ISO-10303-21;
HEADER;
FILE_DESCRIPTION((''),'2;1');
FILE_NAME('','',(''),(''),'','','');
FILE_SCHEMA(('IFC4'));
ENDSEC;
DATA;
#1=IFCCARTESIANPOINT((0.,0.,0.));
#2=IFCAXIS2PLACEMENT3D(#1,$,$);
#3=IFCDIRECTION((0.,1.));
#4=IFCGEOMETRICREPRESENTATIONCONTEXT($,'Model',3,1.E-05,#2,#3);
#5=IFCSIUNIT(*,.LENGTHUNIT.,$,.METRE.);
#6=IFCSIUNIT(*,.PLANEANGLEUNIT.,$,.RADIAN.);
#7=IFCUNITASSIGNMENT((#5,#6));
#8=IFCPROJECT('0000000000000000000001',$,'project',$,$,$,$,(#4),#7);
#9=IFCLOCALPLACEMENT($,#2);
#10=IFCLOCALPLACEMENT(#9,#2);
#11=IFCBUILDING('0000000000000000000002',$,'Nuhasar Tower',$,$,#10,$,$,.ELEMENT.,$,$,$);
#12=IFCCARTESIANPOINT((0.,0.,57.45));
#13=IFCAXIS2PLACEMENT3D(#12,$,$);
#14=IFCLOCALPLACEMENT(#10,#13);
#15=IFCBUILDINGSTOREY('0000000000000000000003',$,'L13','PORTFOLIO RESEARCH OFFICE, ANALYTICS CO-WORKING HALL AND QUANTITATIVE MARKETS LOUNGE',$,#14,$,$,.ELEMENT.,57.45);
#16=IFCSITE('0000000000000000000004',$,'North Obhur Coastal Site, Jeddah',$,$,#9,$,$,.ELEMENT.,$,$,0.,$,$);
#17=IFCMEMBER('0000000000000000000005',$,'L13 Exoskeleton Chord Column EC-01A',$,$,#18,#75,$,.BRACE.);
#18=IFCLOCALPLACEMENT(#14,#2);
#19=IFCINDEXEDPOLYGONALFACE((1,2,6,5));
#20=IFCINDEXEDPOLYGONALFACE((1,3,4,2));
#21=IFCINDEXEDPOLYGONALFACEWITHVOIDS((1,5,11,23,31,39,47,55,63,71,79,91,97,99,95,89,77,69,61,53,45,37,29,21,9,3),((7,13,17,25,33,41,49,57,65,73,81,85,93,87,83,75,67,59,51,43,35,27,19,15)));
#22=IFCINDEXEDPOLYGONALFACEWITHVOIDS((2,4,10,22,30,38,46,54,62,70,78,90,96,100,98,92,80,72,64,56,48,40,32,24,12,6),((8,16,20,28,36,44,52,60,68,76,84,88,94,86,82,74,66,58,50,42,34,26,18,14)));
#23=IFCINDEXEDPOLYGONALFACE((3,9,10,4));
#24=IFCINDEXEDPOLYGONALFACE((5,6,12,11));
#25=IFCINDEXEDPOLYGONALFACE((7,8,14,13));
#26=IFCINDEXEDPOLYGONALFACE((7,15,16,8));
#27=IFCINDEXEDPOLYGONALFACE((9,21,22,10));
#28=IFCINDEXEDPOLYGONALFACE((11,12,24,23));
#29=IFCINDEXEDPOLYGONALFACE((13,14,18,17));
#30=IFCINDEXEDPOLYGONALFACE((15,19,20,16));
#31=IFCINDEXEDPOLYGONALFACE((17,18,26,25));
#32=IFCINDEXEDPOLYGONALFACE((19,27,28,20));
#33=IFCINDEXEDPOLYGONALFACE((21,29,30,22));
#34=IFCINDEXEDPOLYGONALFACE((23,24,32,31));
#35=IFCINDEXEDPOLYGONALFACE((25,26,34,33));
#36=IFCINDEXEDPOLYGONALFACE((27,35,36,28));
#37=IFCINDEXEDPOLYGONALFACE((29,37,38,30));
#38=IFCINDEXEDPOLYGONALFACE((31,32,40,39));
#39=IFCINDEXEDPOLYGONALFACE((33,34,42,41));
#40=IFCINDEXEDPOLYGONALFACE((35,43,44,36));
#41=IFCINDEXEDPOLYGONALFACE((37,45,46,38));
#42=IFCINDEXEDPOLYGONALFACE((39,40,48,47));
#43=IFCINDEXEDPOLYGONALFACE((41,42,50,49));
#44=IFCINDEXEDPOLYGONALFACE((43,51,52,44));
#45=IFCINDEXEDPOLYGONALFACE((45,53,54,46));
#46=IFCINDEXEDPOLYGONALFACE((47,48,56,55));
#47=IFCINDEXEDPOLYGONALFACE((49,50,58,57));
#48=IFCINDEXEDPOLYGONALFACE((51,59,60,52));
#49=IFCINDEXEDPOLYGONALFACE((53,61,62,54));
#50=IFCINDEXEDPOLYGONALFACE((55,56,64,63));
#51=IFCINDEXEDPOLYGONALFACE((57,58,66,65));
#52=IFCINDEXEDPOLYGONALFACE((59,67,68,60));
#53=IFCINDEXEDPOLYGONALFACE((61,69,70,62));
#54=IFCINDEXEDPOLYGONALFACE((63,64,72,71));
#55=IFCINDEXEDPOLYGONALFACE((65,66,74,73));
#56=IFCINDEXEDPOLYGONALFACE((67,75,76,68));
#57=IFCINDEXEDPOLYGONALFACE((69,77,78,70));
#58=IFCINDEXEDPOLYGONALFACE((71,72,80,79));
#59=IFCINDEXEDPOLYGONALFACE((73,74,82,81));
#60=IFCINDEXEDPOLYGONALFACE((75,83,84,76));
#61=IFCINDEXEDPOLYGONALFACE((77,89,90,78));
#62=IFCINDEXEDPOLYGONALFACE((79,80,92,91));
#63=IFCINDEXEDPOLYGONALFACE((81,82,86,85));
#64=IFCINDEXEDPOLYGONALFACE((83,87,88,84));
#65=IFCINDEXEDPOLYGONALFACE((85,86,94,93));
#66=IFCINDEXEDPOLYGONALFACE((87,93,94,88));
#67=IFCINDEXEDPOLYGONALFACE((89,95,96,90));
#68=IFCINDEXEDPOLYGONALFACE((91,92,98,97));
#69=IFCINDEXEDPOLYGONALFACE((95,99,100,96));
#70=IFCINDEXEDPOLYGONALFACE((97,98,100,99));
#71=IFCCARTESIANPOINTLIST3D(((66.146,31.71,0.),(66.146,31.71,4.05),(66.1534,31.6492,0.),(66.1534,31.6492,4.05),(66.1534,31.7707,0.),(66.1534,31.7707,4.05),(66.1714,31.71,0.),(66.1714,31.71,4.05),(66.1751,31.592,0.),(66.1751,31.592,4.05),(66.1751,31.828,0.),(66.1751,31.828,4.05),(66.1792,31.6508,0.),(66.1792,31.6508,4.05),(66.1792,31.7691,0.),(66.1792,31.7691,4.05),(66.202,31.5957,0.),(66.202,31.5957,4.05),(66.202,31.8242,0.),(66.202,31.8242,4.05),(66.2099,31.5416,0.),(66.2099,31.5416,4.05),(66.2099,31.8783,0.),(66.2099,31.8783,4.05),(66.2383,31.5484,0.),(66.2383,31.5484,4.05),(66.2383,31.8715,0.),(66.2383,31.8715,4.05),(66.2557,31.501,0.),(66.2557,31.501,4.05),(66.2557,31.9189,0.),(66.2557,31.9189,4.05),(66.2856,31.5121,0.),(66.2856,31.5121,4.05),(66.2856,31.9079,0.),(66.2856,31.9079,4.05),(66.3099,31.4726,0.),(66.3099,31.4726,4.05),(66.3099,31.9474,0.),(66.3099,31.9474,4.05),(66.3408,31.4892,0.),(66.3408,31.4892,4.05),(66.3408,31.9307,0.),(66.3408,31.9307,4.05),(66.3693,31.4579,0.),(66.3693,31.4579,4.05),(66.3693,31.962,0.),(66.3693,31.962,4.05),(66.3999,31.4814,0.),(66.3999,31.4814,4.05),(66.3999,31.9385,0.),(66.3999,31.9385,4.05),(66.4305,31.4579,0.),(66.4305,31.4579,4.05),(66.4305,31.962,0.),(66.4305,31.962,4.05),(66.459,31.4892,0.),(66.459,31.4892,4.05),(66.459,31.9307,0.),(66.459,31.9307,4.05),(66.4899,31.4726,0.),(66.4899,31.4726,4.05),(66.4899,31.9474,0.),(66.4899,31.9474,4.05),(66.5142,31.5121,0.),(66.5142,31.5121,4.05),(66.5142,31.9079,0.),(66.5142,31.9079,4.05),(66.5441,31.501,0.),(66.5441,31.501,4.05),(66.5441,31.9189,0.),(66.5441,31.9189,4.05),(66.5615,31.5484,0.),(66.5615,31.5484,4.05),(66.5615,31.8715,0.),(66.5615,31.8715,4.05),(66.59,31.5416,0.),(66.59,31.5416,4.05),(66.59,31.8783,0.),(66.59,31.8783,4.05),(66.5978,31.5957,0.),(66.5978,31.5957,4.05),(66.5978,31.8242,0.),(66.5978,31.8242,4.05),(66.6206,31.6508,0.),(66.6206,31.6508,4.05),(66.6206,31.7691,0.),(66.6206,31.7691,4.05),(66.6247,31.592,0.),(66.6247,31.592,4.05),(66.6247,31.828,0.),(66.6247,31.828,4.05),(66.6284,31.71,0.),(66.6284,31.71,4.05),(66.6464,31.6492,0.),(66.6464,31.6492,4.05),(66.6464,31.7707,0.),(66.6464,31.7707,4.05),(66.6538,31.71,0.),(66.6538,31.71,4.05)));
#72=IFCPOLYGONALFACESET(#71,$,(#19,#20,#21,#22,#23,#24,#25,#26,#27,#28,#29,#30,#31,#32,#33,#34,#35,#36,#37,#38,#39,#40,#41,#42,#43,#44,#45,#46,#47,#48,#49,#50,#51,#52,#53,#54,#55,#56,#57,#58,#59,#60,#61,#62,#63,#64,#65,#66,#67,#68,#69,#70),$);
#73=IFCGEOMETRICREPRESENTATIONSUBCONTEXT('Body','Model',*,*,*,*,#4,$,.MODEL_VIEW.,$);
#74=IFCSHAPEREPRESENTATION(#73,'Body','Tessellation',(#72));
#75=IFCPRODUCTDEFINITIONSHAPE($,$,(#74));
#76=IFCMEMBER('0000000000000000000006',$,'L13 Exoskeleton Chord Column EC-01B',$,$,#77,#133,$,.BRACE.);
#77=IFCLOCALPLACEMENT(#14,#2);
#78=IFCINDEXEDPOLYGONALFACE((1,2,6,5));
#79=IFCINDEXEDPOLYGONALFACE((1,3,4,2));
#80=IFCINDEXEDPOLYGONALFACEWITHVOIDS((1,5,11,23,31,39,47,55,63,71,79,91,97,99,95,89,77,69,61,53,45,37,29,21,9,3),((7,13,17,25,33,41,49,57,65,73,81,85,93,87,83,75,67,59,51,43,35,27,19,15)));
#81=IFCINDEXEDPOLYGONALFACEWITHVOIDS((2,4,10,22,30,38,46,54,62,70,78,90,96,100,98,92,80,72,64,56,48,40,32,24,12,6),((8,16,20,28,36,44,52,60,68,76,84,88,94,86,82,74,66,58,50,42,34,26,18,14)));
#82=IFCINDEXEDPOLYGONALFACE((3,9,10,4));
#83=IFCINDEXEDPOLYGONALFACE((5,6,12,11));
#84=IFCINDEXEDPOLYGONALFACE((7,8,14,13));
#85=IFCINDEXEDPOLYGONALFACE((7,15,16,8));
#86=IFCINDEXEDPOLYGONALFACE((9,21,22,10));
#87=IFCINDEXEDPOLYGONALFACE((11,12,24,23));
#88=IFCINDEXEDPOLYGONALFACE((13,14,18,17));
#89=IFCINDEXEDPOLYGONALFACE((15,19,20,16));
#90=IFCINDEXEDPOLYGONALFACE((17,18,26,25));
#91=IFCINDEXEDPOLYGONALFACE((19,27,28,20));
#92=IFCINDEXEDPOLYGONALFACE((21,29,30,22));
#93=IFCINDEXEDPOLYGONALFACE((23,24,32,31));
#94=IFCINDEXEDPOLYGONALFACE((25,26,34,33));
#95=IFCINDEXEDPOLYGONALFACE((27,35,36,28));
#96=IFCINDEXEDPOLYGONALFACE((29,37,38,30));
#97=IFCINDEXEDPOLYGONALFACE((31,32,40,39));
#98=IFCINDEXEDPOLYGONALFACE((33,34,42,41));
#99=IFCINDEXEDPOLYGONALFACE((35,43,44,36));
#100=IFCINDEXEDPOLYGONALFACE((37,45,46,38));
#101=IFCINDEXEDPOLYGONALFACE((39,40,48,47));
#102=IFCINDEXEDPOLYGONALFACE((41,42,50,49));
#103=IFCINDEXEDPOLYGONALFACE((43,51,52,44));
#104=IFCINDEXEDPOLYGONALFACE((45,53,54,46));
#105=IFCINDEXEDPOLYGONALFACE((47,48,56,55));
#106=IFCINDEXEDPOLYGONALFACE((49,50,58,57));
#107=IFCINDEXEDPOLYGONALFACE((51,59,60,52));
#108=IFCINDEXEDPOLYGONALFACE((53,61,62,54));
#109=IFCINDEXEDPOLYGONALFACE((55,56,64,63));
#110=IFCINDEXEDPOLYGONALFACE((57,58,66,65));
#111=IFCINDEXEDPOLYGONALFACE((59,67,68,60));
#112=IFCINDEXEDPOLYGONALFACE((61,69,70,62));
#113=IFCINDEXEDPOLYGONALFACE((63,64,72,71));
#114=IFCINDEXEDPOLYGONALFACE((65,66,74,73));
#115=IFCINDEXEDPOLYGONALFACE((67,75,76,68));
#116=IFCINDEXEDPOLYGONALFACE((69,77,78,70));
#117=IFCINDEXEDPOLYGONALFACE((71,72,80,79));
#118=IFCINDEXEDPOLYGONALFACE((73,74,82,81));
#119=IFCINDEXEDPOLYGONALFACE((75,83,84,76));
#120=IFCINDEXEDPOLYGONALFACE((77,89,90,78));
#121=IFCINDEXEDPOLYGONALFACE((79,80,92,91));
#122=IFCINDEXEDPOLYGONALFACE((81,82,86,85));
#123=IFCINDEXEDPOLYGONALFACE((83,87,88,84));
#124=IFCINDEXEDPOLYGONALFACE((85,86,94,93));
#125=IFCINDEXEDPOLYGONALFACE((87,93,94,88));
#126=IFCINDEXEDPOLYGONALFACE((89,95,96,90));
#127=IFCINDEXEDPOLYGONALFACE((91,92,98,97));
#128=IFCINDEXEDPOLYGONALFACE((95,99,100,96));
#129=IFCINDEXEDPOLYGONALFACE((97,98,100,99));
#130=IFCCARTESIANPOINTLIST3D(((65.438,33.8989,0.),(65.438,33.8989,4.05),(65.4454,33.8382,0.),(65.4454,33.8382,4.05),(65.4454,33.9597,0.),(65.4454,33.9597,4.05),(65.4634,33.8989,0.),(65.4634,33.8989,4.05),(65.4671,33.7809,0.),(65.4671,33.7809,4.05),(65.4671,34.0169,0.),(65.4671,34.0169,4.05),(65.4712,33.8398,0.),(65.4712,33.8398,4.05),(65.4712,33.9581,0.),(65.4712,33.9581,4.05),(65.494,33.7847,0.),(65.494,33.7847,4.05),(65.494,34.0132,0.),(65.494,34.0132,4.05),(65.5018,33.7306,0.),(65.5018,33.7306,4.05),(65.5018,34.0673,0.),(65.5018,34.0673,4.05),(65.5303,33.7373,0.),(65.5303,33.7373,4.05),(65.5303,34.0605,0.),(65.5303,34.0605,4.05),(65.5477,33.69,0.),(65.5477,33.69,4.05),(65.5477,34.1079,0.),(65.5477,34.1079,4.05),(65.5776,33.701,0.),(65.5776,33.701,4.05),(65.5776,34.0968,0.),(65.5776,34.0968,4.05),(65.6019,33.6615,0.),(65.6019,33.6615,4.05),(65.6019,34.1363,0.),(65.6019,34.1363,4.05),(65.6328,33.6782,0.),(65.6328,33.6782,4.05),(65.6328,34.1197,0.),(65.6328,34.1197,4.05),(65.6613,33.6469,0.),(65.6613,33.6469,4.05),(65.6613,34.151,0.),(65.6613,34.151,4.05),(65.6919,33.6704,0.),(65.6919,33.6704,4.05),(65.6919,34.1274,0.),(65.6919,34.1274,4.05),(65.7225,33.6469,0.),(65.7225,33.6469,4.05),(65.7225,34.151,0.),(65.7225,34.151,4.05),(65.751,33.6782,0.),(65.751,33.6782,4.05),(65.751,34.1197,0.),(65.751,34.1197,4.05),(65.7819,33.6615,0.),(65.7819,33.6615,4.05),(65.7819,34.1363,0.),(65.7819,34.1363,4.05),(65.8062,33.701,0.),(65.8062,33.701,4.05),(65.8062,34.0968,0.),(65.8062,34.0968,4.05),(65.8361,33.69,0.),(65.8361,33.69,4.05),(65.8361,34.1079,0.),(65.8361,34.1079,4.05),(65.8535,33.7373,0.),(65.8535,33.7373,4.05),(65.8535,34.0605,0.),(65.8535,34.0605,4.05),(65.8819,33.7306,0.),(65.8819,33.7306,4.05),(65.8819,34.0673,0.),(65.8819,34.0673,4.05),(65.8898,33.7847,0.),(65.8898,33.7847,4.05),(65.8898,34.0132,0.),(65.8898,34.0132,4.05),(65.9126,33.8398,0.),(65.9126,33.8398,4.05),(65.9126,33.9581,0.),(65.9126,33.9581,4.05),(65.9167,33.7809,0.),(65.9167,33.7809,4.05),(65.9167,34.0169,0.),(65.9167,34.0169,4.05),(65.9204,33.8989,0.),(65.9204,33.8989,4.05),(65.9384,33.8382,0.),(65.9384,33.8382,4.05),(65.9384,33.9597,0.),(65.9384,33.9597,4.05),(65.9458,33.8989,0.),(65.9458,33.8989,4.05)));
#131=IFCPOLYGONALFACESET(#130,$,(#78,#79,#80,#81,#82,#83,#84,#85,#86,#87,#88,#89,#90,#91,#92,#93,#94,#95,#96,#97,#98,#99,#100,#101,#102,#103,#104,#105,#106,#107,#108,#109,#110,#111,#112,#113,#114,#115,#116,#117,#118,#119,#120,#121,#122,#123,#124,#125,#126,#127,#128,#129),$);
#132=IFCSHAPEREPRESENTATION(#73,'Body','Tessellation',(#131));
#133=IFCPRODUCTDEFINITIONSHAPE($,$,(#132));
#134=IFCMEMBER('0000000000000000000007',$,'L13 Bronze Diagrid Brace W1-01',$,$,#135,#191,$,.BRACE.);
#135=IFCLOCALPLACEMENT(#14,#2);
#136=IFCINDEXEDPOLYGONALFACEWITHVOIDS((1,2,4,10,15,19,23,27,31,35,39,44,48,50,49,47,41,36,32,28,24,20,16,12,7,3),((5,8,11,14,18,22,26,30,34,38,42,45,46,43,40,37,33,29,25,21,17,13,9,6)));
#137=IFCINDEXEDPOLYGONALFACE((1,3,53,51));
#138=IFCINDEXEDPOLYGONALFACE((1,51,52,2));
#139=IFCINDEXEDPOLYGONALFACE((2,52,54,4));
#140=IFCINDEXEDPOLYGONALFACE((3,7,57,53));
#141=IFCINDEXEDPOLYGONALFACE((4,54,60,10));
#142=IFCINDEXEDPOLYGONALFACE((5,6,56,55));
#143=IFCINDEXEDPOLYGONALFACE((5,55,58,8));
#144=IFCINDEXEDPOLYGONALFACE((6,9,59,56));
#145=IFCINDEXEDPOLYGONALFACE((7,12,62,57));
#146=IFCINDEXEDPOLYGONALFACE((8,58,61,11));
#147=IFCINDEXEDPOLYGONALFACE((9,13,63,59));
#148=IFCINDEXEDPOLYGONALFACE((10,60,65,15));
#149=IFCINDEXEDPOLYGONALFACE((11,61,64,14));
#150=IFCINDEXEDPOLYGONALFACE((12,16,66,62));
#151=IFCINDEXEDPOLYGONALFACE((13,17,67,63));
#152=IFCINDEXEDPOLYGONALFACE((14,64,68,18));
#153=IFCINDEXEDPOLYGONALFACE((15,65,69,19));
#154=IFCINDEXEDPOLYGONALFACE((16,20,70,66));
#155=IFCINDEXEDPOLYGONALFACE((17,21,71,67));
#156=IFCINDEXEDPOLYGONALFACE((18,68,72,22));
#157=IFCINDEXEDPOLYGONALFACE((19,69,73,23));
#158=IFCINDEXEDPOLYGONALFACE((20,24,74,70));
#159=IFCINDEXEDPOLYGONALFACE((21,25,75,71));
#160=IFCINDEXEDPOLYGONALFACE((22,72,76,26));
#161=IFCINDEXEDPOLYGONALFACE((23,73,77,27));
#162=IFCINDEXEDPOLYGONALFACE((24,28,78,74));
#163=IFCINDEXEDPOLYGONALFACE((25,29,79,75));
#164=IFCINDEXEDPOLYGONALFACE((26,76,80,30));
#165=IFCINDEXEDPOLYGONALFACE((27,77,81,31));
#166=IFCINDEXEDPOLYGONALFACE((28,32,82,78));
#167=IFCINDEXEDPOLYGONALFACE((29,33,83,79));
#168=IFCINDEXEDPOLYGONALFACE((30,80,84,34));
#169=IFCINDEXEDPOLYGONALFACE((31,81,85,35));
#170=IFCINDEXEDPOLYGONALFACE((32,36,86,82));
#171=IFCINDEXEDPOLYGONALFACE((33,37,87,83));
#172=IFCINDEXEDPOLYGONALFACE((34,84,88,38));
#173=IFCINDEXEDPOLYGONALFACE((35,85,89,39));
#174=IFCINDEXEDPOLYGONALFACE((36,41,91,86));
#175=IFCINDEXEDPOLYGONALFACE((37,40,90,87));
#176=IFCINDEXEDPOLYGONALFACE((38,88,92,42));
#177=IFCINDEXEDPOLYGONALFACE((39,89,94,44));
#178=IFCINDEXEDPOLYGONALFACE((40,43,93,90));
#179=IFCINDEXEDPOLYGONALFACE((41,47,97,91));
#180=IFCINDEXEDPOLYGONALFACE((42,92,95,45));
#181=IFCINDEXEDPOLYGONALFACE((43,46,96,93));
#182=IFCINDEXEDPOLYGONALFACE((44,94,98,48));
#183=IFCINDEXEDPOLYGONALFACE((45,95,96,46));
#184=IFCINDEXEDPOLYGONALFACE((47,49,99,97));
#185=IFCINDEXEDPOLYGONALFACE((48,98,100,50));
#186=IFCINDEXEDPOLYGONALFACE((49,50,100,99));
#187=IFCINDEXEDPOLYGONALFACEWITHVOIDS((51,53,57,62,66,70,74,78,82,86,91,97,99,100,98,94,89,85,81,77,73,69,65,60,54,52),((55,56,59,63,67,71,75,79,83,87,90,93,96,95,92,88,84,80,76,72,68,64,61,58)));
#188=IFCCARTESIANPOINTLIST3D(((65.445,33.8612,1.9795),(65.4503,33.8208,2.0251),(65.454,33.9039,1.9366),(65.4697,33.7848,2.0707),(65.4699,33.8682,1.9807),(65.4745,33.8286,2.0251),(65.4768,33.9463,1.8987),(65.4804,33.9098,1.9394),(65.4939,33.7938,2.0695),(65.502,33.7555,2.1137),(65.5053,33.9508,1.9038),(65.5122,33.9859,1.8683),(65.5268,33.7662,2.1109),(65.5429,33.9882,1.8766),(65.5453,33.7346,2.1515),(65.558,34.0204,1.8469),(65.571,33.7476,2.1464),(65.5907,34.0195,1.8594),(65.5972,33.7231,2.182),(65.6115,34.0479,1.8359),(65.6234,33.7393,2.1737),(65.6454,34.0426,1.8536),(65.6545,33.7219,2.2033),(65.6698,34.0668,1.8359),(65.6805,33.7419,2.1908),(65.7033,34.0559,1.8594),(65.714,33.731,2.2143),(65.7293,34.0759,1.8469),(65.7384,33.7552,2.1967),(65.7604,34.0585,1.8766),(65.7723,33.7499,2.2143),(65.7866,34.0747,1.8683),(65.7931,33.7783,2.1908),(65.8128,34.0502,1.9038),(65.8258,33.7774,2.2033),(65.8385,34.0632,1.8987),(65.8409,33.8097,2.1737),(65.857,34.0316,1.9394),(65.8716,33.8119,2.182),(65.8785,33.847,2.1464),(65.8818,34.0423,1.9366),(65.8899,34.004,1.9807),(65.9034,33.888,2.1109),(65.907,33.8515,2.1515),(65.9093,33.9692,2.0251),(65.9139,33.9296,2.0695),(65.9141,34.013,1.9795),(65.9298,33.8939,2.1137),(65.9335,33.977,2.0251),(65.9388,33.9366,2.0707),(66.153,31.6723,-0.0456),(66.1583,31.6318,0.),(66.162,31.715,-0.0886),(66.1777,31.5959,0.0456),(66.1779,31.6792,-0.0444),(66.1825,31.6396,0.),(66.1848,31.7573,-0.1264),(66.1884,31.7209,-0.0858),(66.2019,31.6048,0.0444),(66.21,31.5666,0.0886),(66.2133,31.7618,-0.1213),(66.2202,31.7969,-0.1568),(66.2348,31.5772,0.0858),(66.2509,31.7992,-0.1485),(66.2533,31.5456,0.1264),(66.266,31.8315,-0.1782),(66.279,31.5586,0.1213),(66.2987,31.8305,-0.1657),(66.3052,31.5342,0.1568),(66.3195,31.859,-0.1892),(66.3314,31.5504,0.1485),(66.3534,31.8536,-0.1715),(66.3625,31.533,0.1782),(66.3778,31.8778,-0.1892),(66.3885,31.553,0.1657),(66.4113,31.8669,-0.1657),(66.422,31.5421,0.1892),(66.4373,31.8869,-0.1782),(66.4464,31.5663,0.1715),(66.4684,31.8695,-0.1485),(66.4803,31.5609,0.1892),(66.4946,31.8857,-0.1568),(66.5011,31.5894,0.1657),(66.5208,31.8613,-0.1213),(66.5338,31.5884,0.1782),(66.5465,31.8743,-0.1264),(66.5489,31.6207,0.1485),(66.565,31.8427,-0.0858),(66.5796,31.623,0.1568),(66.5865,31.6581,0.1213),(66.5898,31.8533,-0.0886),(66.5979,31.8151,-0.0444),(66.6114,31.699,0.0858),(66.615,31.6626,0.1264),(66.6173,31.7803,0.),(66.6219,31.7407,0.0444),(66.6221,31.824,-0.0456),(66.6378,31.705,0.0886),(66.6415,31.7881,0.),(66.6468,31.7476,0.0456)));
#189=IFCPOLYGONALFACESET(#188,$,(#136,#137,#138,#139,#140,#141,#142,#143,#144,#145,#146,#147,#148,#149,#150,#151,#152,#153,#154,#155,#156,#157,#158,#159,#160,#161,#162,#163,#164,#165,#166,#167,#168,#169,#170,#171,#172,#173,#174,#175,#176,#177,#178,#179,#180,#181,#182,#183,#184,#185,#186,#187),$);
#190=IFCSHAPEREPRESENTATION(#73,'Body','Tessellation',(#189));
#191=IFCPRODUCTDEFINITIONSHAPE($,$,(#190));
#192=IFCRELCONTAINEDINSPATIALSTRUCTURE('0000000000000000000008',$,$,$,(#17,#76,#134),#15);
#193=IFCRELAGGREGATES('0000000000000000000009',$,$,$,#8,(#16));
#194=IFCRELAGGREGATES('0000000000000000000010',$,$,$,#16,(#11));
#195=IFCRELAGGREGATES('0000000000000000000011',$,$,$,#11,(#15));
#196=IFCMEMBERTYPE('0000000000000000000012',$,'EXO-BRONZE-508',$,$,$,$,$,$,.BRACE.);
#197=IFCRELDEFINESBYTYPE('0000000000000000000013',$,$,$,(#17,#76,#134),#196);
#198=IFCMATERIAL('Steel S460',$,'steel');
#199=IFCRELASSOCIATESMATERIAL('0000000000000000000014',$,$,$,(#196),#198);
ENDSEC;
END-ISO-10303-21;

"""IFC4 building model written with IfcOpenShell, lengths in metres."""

from ifc_helpers import new_model, si_unit, direction, frame, origin, origin_2d, place, context, subcontext, project, spatial, hollow_circle, extrude, material, material_profile, profile_set, type_object, element, save


model = new_model("IFC4")

# Units and contexts
model_context = context("Model", 3, precision=1e-05, world=origin(), true_north=direction((0.0, 1.0)))
body_context = subcontext(model_context, "Body", "Model", "MODEL_VIEW")
ifc_project = project(units=[si_unit("LENGTHUNIT", "METRE"), si_unit("PLANEANGLEUNIT", "RADIAN")], contexts=[model_context])

# Site, building, storey
site_placement = place(None, origin())
site = spatial("IfcSite", under=ifc_project, at=site_placement, Name="North Obhur Coastal Site, Jeddah", CompositionType="ELEMENT", RefElevation=0.0)
building_placement = place(site_placement, origin())
building = spatial("IfcBuilding", under=site, at=building_placement, Name="Nuhasar Tower", CompositionType="ELEMENT")
storey_placement = place(building_placement, frame((0.0, 0.0, 57.45)))
storey = spatial("IfcBuildingStorey", under=building, at=storey_placement, Name="L13", Description="PORTFOLIO RESEARCH OFFICE, ANALYTICS CO-WORKING HALL AND QUANTITATIVE MARKETS LOUNGE", CompositionType="ELEMENT", Elevation=57.45)

# Members
ifc_material_1 = material(Name="Steel S460", Category="steel")
ifc_material_profile_1 = material_profile(ifc_material_1, hollow_circle(Radius=0.2539, WallThickness=0.0254, at=origin_2d()), Name="HSS508X25.4")
ifc_profile_set_1 = profile_set([ifc_material_profile_1], Name="Steel S460")
member_type_1 = type_object("IfcMemberType", Name="EXO-BRONZE-508", PredefinedType="BRACE", material=ifc_profile_set_1)
for number, where, z_axis, x_axis, name in (
    (1, (66.3999, 31.71, 0.0), (0.0, 0.0, 1.0), (1.0, 0.0, 0.0), "L13 Exoskeleton Chord Column EC-01A"),
    (2, (65.6919, 33.8989, 0.0), (0.0, 0.0, 1.0), (1.0, 0.0, 0.0), "L13 Exoskeleton Chord Column EC-01B"),
):
    element("IfcMember", number, at=place(storey_placement, frame(where, z_axis=z_axis, x_axis=x_axis)), inside=storey, type_object=member_type_1, Name=name, PredefinedType="BRACE", context=body_context, shape_type="SweptSolid", body=[
        extrude(hollow_circle(Radius=0.2539, WallThickness=0.0254, at=origin_2d()), origin(), (0.0, 0.0, 1.0), 4.05),
    ])
member_1_placement = place(storey_placement, frame((66.3999, 31.71, 0.0), z_axis=(-0.231, 0.714187, 0.660739), x_axis=(-0.951468, -0.307747, 0.0)))
element("IfcMember", 3, at=member_1_placement, inside=storey, type_object=member_type_1, Name="L13 Bronze Diagrid Brace W1-01", PredefinedType="BRACE", context=body_context, shape_type="SweptSolid", body=[
    extrude(hollow_circle(Radius=0.2539, WallThickness=0.0254, at=origin_2d()), origin(), (0.0, 0.0, 1.0), 3.0649),
])

save(model, "model.ifc")
